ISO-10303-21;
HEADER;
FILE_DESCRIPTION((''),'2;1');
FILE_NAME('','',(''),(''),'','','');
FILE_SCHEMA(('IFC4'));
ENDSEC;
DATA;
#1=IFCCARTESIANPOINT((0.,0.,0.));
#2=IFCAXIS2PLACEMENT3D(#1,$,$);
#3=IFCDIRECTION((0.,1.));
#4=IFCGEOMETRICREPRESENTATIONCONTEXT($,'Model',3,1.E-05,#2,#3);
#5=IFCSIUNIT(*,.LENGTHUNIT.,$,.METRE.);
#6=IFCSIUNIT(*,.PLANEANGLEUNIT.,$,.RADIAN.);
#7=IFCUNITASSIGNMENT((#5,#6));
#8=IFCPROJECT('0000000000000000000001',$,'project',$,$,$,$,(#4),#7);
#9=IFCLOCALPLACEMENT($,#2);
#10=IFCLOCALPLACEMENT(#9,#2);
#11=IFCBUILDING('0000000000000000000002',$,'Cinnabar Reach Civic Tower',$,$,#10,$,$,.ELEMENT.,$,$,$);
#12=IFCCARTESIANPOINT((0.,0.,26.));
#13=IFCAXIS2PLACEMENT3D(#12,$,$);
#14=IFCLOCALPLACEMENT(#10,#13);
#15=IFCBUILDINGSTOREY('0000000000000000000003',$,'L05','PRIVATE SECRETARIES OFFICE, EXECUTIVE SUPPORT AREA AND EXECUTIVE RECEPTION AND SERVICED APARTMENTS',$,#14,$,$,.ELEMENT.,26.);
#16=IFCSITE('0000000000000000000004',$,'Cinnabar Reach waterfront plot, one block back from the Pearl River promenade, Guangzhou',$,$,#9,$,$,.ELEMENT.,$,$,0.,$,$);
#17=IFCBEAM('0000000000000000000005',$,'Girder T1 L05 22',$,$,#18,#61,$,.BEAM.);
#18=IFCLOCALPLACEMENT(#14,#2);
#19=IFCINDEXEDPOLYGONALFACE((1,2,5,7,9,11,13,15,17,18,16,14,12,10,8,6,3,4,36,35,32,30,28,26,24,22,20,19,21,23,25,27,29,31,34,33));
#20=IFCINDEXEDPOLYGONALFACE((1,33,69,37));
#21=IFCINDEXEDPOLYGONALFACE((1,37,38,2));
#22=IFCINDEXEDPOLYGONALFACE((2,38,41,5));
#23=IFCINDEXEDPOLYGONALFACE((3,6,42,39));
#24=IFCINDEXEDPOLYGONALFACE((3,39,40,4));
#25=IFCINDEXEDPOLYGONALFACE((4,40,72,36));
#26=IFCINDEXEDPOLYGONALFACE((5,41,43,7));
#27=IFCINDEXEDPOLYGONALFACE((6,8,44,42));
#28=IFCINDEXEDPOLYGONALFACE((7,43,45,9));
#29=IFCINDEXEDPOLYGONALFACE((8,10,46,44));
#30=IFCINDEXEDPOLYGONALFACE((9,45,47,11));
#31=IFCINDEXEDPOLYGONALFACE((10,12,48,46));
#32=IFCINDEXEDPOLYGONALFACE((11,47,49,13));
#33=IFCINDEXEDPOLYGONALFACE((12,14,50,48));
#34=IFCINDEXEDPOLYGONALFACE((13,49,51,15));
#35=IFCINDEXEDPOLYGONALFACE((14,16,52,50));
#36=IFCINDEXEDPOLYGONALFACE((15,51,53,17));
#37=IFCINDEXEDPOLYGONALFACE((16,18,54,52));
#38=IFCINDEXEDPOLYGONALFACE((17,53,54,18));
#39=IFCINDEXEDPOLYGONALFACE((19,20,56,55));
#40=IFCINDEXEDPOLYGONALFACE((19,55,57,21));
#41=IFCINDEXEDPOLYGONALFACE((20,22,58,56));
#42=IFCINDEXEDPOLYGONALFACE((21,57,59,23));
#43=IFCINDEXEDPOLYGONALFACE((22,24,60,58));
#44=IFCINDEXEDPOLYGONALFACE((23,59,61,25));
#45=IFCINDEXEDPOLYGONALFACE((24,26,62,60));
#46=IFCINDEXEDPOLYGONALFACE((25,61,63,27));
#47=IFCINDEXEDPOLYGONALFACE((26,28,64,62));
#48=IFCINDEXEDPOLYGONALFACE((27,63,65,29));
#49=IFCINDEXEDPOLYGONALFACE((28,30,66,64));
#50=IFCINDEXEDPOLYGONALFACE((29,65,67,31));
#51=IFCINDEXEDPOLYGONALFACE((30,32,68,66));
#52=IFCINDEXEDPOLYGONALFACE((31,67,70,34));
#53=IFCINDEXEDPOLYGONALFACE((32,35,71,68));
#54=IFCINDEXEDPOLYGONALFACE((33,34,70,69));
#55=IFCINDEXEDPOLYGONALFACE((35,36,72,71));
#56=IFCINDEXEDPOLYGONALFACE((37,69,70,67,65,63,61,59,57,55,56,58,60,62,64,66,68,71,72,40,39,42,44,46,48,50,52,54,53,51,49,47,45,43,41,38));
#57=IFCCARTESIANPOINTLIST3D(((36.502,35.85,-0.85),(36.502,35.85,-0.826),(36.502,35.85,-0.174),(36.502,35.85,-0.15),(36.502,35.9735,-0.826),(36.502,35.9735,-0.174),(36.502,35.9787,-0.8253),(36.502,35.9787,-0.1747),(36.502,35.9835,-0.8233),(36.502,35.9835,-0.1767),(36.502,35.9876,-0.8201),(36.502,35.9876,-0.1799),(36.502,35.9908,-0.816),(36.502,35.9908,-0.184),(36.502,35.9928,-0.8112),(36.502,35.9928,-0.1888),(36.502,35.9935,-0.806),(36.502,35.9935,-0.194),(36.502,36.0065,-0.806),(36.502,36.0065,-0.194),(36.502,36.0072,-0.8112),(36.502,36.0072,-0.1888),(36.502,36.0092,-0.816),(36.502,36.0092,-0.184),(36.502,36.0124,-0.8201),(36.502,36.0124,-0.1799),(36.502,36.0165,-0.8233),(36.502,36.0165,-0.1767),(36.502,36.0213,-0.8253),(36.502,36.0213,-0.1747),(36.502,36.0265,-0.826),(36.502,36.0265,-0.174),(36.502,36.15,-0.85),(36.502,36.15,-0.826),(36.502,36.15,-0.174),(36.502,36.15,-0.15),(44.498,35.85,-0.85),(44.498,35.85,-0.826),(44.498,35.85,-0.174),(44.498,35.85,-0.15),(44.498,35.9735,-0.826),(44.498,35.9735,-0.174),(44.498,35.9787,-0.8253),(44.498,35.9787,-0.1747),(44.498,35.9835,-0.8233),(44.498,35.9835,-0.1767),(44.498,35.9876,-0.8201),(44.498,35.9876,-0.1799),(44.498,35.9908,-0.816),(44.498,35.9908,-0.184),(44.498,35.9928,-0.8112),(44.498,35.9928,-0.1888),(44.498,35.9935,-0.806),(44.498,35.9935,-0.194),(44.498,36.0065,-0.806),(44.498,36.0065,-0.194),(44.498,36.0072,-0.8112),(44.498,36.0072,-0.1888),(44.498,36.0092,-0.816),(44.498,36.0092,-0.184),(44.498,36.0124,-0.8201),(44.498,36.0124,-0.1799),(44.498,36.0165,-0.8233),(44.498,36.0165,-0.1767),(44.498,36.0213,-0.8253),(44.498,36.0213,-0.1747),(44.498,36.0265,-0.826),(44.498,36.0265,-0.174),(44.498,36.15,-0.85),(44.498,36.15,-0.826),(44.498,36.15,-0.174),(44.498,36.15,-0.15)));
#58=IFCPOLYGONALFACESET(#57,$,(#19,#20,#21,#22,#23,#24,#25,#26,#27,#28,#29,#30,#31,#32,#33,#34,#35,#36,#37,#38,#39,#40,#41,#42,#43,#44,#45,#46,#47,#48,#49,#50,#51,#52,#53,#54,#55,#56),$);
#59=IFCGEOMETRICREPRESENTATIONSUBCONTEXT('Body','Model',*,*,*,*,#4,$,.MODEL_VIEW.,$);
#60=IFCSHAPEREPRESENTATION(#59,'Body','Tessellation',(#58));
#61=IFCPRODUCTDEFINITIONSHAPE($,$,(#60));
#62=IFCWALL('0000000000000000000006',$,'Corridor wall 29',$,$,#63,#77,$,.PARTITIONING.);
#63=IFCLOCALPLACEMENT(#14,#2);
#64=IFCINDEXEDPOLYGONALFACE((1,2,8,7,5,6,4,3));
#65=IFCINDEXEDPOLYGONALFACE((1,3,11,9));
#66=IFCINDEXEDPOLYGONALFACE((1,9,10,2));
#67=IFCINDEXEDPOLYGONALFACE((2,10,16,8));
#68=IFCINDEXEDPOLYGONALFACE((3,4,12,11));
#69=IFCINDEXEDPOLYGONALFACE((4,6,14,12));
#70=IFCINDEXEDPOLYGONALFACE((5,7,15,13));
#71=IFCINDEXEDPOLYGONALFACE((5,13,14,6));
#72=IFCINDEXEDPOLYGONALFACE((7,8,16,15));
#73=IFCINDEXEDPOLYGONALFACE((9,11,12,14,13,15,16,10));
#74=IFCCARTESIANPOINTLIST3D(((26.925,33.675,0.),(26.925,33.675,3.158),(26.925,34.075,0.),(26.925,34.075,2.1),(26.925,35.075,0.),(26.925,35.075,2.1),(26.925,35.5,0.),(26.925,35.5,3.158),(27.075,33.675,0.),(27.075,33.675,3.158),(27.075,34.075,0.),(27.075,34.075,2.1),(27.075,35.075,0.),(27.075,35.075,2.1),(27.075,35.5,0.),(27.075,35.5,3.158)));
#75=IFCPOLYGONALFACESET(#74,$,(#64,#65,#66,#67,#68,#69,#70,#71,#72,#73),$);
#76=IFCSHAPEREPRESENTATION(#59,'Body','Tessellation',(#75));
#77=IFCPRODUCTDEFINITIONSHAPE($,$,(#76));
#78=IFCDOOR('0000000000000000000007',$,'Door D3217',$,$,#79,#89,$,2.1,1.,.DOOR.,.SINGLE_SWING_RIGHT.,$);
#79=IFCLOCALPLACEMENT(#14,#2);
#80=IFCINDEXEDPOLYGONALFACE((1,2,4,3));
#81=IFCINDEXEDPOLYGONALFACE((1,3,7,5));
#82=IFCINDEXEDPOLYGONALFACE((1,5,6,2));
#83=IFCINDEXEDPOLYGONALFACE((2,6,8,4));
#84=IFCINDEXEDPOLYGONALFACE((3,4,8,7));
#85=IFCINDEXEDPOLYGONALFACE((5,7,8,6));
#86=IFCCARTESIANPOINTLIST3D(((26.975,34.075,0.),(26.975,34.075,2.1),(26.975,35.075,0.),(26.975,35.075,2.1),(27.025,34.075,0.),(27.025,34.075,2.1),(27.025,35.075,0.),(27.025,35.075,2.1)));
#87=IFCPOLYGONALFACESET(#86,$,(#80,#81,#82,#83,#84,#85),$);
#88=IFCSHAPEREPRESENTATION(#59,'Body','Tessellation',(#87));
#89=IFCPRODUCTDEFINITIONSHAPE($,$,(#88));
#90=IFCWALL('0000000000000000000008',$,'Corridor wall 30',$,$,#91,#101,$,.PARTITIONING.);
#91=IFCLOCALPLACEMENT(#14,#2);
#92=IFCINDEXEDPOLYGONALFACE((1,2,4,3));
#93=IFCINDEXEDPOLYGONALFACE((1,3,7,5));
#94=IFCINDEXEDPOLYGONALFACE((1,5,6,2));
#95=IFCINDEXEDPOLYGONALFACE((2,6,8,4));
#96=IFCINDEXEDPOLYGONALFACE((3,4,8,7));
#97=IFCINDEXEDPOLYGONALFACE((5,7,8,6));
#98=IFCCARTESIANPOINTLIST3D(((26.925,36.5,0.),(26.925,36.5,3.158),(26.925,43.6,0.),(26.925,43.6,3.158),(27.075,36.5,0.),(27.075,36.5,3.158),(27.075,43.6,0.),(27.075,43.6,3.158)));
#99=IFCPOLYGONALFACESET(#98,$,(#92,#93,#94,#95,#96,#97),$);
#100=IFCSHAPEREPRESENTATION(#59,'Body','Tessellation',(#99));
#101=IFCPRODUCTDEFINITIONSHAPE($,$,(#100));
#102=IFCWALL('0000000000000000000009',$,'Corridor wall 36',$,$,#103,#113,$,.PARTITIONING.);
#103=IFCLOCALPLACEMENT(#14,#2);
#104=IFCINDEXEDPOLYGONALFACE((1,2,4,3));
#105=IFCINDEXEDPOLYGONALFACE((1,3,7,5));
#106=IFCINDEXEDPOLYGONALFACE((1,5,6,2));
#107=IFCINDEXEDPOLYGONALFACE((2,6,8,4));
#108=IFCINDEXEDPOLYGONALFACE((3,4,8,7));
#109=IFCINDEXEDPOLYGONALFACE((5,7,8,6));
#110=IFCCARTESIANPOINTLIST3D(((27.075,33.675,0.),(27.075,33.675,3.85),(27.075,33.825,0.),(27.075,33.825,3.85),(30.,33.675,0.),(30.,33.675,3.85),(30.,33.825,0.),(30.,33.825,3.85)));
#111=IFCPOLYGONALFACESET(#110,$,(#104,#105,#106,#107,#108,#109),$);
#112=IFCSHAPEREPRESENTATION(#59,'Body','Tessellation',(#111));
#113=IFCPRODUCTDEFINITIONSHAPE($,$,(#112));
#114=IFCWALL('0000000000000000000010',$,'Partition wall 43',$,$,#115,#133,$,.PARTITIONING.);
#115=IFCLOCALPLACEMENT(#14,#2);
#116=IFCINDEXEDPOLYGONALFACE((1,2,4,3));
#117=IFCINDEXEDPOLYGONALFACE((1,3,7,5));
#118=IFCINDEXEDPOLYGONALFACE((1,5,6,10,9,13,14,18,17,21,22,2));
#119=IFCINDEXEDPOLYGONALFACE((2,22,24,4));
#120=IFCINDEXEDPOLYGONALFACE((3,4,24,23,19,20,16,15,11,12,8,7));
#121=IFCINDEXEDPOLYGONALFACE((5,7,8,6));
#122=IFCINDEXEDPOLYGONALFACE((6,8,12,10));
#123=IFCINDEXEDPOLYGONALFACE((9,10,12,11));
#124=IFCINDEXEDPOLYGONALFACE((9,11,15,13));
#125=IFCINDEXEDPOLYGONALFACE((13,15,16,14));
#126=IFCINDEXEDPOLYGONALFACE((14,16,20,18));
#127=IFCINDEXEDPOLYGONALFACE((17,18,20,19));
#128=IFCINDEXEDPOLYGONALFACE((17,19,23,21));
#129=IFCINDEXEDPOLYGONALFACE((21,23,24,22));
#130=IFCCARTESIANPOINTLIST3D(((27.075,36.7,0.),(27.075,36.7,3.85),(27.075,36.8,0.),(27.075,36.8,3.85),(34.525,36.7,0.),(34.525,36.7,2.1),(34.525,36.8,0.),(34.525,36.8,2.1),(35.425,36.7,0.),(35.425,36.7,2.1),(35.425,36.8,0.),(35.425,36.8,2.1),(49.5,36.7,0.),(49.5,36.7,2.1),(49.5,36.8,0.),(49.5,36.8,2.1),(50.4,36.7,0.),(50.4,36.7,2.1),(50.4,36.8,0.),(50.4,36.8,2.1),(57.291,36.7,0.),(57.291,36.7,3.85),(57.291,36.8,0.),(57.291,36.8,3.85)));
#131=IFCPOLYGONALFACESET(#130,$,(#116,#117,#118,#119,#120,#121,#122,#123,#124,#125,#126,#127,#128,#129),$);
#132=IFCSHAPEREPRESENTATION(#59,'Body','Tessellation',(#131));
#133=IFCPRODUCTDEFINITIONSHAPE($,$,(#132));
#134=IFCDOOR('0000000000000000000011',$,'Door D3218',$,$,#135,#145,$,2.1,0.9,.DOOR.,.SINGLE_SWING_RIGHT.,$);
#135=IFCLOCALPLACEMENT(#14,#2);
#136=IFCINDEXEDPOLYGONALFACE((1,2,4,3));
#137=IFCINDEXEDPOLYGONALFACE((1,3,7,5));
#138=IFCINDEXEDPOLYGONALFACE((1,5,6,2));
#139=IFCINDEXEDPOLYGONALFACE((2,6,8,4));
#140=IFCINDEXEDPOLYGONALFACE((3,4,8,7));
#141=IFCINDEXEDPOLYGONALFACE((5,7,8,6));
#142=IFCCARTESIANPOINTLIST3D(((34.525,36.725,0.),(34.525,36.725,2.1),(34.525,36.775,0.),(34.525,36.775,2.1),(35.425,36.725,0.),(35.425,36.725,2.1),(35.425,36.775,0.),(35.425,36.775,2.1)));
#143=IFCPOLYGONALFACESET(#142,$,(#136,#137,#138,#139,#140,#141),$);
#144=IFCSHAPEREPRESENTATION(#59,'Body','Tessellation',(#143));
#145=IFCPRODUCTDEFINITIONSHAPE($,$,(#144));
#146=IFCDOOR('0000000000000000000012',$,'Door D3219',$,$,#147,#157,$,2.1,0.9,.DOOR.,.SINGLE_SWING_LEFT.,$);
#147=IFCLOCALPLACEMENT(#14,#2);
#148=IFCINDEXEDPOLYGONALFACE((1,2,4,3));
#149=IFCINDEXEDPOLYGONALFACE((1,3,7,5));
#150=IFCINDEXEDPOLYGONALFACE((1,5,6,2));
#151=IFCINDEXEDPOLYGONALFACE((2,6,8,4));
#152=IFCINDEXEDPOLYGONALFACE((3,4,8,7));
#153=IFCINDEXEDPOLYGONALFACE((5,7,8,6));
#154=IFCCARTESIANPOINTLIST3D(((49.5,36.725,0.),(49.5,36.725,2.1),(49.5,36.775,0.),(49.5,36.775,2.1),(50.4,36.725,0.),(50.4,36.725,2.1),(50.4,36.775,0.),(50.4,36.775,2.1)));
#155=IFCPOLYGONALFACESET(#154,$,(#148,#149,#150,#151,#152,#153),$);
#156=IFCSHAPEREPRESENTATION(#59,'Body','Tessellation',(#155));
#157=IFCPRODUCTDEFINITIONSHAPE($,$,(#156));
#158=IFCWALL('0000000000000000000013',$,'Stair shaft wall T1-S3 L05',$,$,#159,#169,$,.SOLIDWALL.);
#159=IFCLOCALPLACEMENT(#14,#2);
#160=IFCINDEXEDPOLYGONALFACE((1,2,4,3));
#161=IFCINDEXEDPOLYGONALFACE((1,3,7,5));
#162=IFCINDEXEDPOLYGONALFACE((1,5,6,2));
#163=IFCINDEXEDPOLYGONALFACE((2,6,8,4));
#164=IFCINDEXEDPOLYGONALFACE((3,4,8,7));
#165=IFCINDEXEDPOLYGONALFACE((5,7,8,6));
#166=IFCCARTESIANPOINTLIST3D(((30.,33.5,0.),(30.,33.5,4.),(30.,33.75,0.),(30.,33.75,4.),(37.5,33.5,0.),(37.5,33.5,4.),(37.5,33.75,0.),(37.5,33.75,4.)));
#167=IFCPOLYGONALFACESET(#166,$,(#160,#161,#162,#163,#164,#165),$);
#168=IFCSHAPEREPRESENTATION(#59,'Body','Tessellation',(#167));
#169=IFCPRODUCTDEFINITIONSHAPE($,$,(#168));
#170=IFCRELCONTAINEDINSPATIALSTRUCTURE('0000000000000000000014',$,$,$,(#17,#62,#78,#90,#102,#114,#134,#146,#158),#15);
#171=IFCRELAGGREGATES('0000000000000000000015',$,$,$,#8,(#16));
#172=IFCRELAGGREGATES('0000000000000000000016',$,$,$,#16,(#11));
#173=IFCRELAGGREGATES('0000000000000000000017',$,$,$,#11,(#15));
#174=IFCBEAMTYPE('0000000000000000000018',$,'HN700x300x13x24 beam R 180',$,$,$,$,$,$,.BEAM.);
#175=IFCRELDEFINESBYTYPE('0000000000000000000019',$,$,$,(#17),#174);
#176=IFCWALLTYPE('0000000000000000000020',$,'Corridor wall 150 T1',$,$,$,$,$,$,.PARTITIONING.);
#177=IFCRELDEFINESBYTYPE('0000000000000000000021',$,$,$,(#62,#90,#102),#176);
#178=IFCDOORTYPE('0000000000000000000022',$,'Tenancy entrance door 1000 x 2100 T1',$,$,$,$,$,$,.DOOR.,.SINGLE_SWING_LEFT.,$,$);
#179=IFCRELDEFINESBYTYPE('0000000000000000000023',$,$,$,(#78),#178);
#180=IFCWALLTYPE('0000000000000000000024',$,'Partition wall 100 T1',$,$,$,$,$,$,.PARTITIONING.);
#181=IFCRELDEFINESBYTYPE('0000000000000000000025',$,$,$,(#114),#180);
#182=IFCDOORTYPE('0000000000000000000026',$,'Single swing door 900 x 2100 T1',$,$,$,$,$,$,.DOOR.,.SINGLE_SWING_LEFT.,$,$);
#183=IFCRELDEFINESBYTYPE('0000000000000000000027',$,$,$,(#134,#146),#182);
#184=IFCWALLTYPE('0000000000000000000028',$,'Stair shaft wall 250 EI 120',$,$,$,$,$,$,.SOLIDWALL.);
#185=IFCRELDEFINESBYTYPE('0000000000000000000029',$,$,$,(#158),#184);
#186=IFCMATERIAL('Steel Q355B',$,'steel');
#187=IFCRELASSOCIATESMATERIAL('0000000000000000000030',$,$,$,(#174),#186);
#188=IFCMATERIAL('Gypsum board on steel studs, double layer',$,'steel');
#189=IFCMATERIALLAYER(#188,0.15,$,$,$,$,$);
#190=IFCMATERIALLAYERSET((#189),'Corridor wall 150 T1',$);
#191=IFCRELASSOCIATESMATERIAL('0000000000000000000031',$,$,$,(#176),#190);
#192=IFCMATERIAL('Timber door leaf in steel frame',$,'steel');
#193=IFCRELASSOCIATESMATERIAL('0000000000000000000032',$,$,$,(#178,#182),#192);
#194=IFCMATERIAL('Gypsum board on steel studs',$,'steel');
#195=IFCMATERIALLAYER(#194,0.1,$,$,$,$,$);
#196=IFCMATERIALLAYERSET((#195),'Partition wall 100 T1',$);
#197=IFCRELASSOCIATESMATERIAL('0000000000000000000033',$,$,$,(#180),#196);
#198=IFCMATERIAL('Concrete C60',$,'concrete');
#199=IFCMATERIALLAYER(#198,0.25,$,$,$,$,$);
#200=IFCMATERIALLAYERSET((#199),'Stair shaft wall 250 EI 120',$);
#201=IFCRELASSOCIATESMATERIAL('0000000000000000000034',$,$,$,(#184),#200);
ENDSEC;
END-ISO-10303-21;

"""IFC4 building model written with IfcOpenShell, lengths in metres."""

from ifc_helpers import new_model, si_unit, direction, frame, frame_2d, origin, origin_2d, place, context, subcontext, project, spatial, rectangle, i_section, extrude, material, layer, layer_set, material_profile, profile_set, type_object, element, fill, save


model = new_model("IFC4")

# Units and contexts
model_context = context("Model", 3, precision=1e-05, world=origin(), true_north=direction((0.0, 1.0)))
body_context = subcontext(model_context, "Body", "Model", "MODEL_VIEW")
ifc_project = project(units=[si_unit("LENGTHUNIT", "METRE"), si_unit("PLANEANGLEUNIT", "RADIAN")], contexts=[model_context])

# Site, building, storey
site_placement = place(None, origin())
site = spatial("IfcSite", under=ifc_project, at=site_placement, Name="Cinnabar Reach waterfront plot, one block back from the Pearl River promenade, Guangzhou", CompositionType="ELEMENT", RefElevation=0.0)
building_placement = place(site_placement, origin())
building = spatial("IfcBuilding", under=site, at=building_placement, Name="Cinnabar Reach Civic Tower", CompositionType="ELEMENT")
storey_placement = place(building_placement, frame((0.0, 0.0, 26.0)))
storey = spatial("IfcBuildingStorey", under=building, at=storey_placement, Name="L05", Description="PRIVATE SECRETARIES OFFICE, EXECUTIVE SUPPORT AREA AND EXECUTIVE RECEPTION AND SERVICED APARTMENTS", CompositionType="ELEMENT", Elevation=26.0)

# Beam
ifc_material_1 = material(Name="Steel Q355B", Category="steel")
ifc_material_profile_1 = material_profile(ifc_material_1, i_section(OverallWidth=0.3, OverallDepth=0.7, WebThickness=0.013, FlangeThickness=0.024, FilletRadius=0.02, at=origin_2d()), Name="HN700x300x13x24")
ifc_profile_set_1 = profile_set([ifc_material_profile_1], Name="Steel Q355B")
beam_type_1 = type_object("IfcBeamType", Name="HN700x300x13x24 beam R 180", PredefinedType="BEAM", material=ifc_profile_set_1)
for number, where, z_axis, x_axis, name in (
    (1, (36.502, 36.0, -0.5), (1.0, 0.0, 0.0), (0.0, 1.0, 0.0), "Girder T1 L05 22"),
):
    element("IfcBeam", number, at=place(storey_placement, frame(where, z_axis=z_axis, x_axis=x_axis)), inside=storey, type_object=beam_type_1, Name=name, PredefinedType="BEAM", context=body_context, shape_type="SweptSolid", body=[
        extrude(i_section(OverallWidth=0.3, OverallDepth=0.7, WebThickness=0.013, FlangeThickness=0.024, FilletRadius=0.02, at=origin_2d()), origin(), (0.0, 0.0, 1.0), 7.996),
    ])

# Wall, opening, door
ifc_material_2 = material(Name="Gypsum board on steel studs, double layer", Category="steel")
ifc_layer_1 = layer(ifc_material_2, 0.15)
ifc_layer_set_1 = layer_set([ifc_layer_1], Name="Corridor wall 150 T1")
wall_type_1 = type_object("IfcWallType", Name="Corridor wall 150 T1", PredefinedType="PARTITIONING", material=ifc_layer_set_1)
wall_1_placement = place(storey_placement, frame((27.0, 33.675, 0.0), z_axis=(0.0, 0.0, 1.0), x_axis=(0.0, 1.0, 0.0)))
wall_1 = element("IfcWall", 2, at=wall_1_placement, inside=storey, type_object=wall_type_1, Name="Corridor wall 29", PredefinedType="PARTITIONING", context=body_context, shape_type="SweptSolid", body=[
    extrude(rectangle(XDim=1.825, YDim=0.15, at=frame_2d((0.9125, 0.0))), origin(), (0.0, 0.0, 1.0), 3.158),
])
opening_1_placement = place(wall_1_placement, frame((0.4, 0.0, 0.0)))
opening_1 = element("IfcOpeningElement", 3, at=opening_1_placement, cuts=wall_1, PredefinedType="OPENING", context=body_context, shape_type="SweptSolid", body=[
    extrude(rectangle(XDim=1.0, YDim=2.1, at=frame_2d((0.5, 1.05))), frame((0.0, 0.085, 0.0), z_axis=(0.0, -1.0, 0.0), x_axis=(1.0, 0.0, 0.0)), (0.0, 0.0, 1.0), 0.17),
])
ifc_material_3 = material(Name="Timber door leaf in steel frame", Category="steel")
door_type_1 = type_object("IfcDoorType", Name="Tenancy entrance door 1000 x 2100 T1", OperationType="SINGLE_SWING_LEFT", PredefinedType="DOOR", material=ifc_material_3)
door_1_placement = place(opening_1_placement, frame((1.0, 0.0, 0.0), z_axis=(0.0, 0.0, 1.0), x_axis=(-1.0, 0.0, 0.0)))
door_1 = element("IfcDoor", 4, at=door_1_placement, inside=storey, type_object=door_type_1, Name="Door D3217", OperationType="SINGLE_SWING_RIGHT", OverallHeight=2.1, OverallWidth=1.0, PredefinedType="DOOR", context=body_context, shape_type="SweptSolid", body=[
    extrude(rectangle(XDim=1.0, YDim=2.1, at=frame_2d((0.5, 1.05))), frame((0.0, 0.025, 0.0), z_axis=(0.0, -1.0, 0.0), x_axis=(1.0, 0.0, 0.0)), (0.0, 0.0, 1.0), 0.05),
])
fill(opening_1, door_1)

# Walls
wall_2_placement = place(storey_placement, frame((27.0, 36.5, 0.0), z_axis=(0.0, 0.0, 1.0), x_axis=(0.0, 1.0, 0.0)))
element("IfcWall", 5, at=wall_2_placement, inside=storey, type_object=wall_type_1, Name="Corridor wall 30", PredefinedType="PARTITIONING", context=body_context, shape_type="SweptSolid", body=[
    extrude(rectangle(XDim=7.1, YDim=0.15, at=frame_2d((3.55, 0.0))), origin(), (0.0, 0.0, 1.0), 3.158),
])
wall_3_placement = place(storey_placement, frame((27.075, 33.75, 0.0), z_axis=(0.0, 0.0, 1.0), x_axis=(1.0, 0.0, 0.0)))
element("IfcWall", 6, at=wall_3_placement, inside=storey, type_object=wall_type_1, Name="Corridor wall 36", PredefinedType="PARTITIONING", context=body_context, shape_type="SweptSolid", body=[
    extrude(rectangle(XDim=2.925, YDim=0.15, at=frame_2d((1.4625, 0.0))), origin(), (0.0, 0.0, 1.0), 3.85),
])

# Wall, openings, doors
ifc_material_4 = material(Name="Gypsum board on steel studs", Category="steel")
ifc_layer_2 = layer(ifc_material_4, 0.1)
ifc_layer_set_2 = layer_set([ifc_layer_2], Name="Partition wall 100 T1")
wall_type_2 = type_object("IfcWallType", Name="Partition wall 100 T1", PredefinedType="PARTITIONING", material=ifc_layer_set_2)
wall_4_placement = place(storey_placement, frame((27.075, 36.75, 0.0), z_axis=(0.0, 0.0, 1.0), x_axis=(1.0, 0.0, 0.0)))
wall_4 = element("IfcWall", 7, at=wall_4_placement, inside=storey, type_object=wall_type_2, Name="Partition wall 43", PredefinedType="PARTITIONING", context=body_context, shape_type="SweptSolid", body=[
    extrude(rectangle(XDim=30.2159, YDim=0.1, at=frame_2d((15.108, 0.0))), origin(), (0.0, 0.0, 1.0), 3.85),
])
opening_2_placement = place(wall_4_placement, frame((7.45, 0.0, 0.0)))
opening_2 = element("IfcOpeningElement", 8, at=opening_2_placement, cuts=wall_4, PredefinedType="OPENING", context=body_context, shape_type="SweptSolid", body=[
    extrude(rectangle(XDim=0.9, YDim=2.1, at=frame_2d((0.45, 1.05))), frame((0.0, 0.06, 0.0), z_axis=(0.0, -1.0, 0.0), x_axis=(1.0, 0.0, 0.0)), (0.0, 0.0, 1.0), 0.12),
])
opening_3_placement = place(wall_4_placement, frame((22.425, 0.0, 0.0)))
opening_3 = element("IfcOpeningElement", 9, at=opening_3_placement, cuts=wall_4, PredefinedType="OPENING", context=body_context, shape_type="SweptSolid", body=[
    extrude(rectangle(XDim=0.9, YDim=2.1, at=frame_2d((0.45, 1.05))), frame((0.0, 0.06, 0.0), z_axis=(0.0, -1.0, 0.0), x_axis=(1.0, 0.0, 0.0)), (0.0, 0.0, 1.0), 0.12),
])
door_type_2 = type_object("IfcDoorType", Name="Single swing door 900 x 2100 T1", OperationType="SINGLE_SWING_LEFT", PredefinedType="DOOR", material=ifc_material_3)
door_2_placement = place(opening_2_placement, origin())
door_2 = element("IfcDoor", 10, at=door_2_placement, inside=storey, type_object=door_type_2, Name="Door D3218", OperationType="SINGLE_SWING_RIGHT", OverallHeight=2.1, OverallWidth=0.9, PredefinedType="DOOR", context=body_context, shape_type="SweptSolid", body=[
    extrude(rectangle(XDim=0.9, YDim=2.1, at=frame_2d((0.45, 1.05))), frame((0.0, 0.025, 0.0), z_axis=(0.0, -1.0, 0.0), x_axis=(1.0, 0.0, 0.0)), (0.0, 0.0, 1.0), 0.05),
])
fill(opening_2, door_2)
door_3_placement = place(opening_3_placement, origin())
door_3 = element("IfcDoor", 11, at=door_3_placement, inside=storey, type_object=door_type_2, Name="Door D3219", OperationType="SINGLE_SWING_LEFT", OverallHeight=2.1, OverallWidth=0.9, PredefinedType="DOOR", context=body_context, shape_type="SweptSolid", body=[
    extrude(rectangle(XDim=0.9, YDim=2.1, at=frame_2d((0.45, 1.05))), frame((0.0, 0.025, 0.0), z_axis=(0.0, -1.0, 0.0), x_axis=(1.0, 0.0, 0.0)), (0.0, 0.0, 1.0), 0.05),
])
fill(opening_3, door_3)

# Wall
ifc_material_5 = material(Name="Concrete C60", Category="concrete")
ifc_layer_3 = layer(ifc_material_5, 0.25)
ifc_layer_set_3 = layer_set([ifc_layer_3], Name="Stair shaft wall 250 EI 120")
wall_type_3 = type_object("IfcWallType", Name="Stair shaft wall 250 EI 120", PredefinedType="SOLIDWALL", material=ifc_layer_set_3)
wall_5_placement = place(storey_placement, frame((37.5, 33.625, 0.0), z_axis=(0.0, 0.0, 1.0), x_axis=(-1.0, 0.0, 0.0)))
element("IfcWall", 12, at=wall_5_placement, inside=storey, type_object=wall_type_3, Name="Stair shaft wall T1-S3 L05", PredefinedType="SOLIDWALL", context=body_context, shape_type="SweptSolid", body=[
    extrude(rectangle(XDim=7.5, YDim=0.25, at=frame_2d((3.75, 0.0))), origin(), (0.0, 0.0, 1.0), 4.0),
])

save(model, "model.ifc")
